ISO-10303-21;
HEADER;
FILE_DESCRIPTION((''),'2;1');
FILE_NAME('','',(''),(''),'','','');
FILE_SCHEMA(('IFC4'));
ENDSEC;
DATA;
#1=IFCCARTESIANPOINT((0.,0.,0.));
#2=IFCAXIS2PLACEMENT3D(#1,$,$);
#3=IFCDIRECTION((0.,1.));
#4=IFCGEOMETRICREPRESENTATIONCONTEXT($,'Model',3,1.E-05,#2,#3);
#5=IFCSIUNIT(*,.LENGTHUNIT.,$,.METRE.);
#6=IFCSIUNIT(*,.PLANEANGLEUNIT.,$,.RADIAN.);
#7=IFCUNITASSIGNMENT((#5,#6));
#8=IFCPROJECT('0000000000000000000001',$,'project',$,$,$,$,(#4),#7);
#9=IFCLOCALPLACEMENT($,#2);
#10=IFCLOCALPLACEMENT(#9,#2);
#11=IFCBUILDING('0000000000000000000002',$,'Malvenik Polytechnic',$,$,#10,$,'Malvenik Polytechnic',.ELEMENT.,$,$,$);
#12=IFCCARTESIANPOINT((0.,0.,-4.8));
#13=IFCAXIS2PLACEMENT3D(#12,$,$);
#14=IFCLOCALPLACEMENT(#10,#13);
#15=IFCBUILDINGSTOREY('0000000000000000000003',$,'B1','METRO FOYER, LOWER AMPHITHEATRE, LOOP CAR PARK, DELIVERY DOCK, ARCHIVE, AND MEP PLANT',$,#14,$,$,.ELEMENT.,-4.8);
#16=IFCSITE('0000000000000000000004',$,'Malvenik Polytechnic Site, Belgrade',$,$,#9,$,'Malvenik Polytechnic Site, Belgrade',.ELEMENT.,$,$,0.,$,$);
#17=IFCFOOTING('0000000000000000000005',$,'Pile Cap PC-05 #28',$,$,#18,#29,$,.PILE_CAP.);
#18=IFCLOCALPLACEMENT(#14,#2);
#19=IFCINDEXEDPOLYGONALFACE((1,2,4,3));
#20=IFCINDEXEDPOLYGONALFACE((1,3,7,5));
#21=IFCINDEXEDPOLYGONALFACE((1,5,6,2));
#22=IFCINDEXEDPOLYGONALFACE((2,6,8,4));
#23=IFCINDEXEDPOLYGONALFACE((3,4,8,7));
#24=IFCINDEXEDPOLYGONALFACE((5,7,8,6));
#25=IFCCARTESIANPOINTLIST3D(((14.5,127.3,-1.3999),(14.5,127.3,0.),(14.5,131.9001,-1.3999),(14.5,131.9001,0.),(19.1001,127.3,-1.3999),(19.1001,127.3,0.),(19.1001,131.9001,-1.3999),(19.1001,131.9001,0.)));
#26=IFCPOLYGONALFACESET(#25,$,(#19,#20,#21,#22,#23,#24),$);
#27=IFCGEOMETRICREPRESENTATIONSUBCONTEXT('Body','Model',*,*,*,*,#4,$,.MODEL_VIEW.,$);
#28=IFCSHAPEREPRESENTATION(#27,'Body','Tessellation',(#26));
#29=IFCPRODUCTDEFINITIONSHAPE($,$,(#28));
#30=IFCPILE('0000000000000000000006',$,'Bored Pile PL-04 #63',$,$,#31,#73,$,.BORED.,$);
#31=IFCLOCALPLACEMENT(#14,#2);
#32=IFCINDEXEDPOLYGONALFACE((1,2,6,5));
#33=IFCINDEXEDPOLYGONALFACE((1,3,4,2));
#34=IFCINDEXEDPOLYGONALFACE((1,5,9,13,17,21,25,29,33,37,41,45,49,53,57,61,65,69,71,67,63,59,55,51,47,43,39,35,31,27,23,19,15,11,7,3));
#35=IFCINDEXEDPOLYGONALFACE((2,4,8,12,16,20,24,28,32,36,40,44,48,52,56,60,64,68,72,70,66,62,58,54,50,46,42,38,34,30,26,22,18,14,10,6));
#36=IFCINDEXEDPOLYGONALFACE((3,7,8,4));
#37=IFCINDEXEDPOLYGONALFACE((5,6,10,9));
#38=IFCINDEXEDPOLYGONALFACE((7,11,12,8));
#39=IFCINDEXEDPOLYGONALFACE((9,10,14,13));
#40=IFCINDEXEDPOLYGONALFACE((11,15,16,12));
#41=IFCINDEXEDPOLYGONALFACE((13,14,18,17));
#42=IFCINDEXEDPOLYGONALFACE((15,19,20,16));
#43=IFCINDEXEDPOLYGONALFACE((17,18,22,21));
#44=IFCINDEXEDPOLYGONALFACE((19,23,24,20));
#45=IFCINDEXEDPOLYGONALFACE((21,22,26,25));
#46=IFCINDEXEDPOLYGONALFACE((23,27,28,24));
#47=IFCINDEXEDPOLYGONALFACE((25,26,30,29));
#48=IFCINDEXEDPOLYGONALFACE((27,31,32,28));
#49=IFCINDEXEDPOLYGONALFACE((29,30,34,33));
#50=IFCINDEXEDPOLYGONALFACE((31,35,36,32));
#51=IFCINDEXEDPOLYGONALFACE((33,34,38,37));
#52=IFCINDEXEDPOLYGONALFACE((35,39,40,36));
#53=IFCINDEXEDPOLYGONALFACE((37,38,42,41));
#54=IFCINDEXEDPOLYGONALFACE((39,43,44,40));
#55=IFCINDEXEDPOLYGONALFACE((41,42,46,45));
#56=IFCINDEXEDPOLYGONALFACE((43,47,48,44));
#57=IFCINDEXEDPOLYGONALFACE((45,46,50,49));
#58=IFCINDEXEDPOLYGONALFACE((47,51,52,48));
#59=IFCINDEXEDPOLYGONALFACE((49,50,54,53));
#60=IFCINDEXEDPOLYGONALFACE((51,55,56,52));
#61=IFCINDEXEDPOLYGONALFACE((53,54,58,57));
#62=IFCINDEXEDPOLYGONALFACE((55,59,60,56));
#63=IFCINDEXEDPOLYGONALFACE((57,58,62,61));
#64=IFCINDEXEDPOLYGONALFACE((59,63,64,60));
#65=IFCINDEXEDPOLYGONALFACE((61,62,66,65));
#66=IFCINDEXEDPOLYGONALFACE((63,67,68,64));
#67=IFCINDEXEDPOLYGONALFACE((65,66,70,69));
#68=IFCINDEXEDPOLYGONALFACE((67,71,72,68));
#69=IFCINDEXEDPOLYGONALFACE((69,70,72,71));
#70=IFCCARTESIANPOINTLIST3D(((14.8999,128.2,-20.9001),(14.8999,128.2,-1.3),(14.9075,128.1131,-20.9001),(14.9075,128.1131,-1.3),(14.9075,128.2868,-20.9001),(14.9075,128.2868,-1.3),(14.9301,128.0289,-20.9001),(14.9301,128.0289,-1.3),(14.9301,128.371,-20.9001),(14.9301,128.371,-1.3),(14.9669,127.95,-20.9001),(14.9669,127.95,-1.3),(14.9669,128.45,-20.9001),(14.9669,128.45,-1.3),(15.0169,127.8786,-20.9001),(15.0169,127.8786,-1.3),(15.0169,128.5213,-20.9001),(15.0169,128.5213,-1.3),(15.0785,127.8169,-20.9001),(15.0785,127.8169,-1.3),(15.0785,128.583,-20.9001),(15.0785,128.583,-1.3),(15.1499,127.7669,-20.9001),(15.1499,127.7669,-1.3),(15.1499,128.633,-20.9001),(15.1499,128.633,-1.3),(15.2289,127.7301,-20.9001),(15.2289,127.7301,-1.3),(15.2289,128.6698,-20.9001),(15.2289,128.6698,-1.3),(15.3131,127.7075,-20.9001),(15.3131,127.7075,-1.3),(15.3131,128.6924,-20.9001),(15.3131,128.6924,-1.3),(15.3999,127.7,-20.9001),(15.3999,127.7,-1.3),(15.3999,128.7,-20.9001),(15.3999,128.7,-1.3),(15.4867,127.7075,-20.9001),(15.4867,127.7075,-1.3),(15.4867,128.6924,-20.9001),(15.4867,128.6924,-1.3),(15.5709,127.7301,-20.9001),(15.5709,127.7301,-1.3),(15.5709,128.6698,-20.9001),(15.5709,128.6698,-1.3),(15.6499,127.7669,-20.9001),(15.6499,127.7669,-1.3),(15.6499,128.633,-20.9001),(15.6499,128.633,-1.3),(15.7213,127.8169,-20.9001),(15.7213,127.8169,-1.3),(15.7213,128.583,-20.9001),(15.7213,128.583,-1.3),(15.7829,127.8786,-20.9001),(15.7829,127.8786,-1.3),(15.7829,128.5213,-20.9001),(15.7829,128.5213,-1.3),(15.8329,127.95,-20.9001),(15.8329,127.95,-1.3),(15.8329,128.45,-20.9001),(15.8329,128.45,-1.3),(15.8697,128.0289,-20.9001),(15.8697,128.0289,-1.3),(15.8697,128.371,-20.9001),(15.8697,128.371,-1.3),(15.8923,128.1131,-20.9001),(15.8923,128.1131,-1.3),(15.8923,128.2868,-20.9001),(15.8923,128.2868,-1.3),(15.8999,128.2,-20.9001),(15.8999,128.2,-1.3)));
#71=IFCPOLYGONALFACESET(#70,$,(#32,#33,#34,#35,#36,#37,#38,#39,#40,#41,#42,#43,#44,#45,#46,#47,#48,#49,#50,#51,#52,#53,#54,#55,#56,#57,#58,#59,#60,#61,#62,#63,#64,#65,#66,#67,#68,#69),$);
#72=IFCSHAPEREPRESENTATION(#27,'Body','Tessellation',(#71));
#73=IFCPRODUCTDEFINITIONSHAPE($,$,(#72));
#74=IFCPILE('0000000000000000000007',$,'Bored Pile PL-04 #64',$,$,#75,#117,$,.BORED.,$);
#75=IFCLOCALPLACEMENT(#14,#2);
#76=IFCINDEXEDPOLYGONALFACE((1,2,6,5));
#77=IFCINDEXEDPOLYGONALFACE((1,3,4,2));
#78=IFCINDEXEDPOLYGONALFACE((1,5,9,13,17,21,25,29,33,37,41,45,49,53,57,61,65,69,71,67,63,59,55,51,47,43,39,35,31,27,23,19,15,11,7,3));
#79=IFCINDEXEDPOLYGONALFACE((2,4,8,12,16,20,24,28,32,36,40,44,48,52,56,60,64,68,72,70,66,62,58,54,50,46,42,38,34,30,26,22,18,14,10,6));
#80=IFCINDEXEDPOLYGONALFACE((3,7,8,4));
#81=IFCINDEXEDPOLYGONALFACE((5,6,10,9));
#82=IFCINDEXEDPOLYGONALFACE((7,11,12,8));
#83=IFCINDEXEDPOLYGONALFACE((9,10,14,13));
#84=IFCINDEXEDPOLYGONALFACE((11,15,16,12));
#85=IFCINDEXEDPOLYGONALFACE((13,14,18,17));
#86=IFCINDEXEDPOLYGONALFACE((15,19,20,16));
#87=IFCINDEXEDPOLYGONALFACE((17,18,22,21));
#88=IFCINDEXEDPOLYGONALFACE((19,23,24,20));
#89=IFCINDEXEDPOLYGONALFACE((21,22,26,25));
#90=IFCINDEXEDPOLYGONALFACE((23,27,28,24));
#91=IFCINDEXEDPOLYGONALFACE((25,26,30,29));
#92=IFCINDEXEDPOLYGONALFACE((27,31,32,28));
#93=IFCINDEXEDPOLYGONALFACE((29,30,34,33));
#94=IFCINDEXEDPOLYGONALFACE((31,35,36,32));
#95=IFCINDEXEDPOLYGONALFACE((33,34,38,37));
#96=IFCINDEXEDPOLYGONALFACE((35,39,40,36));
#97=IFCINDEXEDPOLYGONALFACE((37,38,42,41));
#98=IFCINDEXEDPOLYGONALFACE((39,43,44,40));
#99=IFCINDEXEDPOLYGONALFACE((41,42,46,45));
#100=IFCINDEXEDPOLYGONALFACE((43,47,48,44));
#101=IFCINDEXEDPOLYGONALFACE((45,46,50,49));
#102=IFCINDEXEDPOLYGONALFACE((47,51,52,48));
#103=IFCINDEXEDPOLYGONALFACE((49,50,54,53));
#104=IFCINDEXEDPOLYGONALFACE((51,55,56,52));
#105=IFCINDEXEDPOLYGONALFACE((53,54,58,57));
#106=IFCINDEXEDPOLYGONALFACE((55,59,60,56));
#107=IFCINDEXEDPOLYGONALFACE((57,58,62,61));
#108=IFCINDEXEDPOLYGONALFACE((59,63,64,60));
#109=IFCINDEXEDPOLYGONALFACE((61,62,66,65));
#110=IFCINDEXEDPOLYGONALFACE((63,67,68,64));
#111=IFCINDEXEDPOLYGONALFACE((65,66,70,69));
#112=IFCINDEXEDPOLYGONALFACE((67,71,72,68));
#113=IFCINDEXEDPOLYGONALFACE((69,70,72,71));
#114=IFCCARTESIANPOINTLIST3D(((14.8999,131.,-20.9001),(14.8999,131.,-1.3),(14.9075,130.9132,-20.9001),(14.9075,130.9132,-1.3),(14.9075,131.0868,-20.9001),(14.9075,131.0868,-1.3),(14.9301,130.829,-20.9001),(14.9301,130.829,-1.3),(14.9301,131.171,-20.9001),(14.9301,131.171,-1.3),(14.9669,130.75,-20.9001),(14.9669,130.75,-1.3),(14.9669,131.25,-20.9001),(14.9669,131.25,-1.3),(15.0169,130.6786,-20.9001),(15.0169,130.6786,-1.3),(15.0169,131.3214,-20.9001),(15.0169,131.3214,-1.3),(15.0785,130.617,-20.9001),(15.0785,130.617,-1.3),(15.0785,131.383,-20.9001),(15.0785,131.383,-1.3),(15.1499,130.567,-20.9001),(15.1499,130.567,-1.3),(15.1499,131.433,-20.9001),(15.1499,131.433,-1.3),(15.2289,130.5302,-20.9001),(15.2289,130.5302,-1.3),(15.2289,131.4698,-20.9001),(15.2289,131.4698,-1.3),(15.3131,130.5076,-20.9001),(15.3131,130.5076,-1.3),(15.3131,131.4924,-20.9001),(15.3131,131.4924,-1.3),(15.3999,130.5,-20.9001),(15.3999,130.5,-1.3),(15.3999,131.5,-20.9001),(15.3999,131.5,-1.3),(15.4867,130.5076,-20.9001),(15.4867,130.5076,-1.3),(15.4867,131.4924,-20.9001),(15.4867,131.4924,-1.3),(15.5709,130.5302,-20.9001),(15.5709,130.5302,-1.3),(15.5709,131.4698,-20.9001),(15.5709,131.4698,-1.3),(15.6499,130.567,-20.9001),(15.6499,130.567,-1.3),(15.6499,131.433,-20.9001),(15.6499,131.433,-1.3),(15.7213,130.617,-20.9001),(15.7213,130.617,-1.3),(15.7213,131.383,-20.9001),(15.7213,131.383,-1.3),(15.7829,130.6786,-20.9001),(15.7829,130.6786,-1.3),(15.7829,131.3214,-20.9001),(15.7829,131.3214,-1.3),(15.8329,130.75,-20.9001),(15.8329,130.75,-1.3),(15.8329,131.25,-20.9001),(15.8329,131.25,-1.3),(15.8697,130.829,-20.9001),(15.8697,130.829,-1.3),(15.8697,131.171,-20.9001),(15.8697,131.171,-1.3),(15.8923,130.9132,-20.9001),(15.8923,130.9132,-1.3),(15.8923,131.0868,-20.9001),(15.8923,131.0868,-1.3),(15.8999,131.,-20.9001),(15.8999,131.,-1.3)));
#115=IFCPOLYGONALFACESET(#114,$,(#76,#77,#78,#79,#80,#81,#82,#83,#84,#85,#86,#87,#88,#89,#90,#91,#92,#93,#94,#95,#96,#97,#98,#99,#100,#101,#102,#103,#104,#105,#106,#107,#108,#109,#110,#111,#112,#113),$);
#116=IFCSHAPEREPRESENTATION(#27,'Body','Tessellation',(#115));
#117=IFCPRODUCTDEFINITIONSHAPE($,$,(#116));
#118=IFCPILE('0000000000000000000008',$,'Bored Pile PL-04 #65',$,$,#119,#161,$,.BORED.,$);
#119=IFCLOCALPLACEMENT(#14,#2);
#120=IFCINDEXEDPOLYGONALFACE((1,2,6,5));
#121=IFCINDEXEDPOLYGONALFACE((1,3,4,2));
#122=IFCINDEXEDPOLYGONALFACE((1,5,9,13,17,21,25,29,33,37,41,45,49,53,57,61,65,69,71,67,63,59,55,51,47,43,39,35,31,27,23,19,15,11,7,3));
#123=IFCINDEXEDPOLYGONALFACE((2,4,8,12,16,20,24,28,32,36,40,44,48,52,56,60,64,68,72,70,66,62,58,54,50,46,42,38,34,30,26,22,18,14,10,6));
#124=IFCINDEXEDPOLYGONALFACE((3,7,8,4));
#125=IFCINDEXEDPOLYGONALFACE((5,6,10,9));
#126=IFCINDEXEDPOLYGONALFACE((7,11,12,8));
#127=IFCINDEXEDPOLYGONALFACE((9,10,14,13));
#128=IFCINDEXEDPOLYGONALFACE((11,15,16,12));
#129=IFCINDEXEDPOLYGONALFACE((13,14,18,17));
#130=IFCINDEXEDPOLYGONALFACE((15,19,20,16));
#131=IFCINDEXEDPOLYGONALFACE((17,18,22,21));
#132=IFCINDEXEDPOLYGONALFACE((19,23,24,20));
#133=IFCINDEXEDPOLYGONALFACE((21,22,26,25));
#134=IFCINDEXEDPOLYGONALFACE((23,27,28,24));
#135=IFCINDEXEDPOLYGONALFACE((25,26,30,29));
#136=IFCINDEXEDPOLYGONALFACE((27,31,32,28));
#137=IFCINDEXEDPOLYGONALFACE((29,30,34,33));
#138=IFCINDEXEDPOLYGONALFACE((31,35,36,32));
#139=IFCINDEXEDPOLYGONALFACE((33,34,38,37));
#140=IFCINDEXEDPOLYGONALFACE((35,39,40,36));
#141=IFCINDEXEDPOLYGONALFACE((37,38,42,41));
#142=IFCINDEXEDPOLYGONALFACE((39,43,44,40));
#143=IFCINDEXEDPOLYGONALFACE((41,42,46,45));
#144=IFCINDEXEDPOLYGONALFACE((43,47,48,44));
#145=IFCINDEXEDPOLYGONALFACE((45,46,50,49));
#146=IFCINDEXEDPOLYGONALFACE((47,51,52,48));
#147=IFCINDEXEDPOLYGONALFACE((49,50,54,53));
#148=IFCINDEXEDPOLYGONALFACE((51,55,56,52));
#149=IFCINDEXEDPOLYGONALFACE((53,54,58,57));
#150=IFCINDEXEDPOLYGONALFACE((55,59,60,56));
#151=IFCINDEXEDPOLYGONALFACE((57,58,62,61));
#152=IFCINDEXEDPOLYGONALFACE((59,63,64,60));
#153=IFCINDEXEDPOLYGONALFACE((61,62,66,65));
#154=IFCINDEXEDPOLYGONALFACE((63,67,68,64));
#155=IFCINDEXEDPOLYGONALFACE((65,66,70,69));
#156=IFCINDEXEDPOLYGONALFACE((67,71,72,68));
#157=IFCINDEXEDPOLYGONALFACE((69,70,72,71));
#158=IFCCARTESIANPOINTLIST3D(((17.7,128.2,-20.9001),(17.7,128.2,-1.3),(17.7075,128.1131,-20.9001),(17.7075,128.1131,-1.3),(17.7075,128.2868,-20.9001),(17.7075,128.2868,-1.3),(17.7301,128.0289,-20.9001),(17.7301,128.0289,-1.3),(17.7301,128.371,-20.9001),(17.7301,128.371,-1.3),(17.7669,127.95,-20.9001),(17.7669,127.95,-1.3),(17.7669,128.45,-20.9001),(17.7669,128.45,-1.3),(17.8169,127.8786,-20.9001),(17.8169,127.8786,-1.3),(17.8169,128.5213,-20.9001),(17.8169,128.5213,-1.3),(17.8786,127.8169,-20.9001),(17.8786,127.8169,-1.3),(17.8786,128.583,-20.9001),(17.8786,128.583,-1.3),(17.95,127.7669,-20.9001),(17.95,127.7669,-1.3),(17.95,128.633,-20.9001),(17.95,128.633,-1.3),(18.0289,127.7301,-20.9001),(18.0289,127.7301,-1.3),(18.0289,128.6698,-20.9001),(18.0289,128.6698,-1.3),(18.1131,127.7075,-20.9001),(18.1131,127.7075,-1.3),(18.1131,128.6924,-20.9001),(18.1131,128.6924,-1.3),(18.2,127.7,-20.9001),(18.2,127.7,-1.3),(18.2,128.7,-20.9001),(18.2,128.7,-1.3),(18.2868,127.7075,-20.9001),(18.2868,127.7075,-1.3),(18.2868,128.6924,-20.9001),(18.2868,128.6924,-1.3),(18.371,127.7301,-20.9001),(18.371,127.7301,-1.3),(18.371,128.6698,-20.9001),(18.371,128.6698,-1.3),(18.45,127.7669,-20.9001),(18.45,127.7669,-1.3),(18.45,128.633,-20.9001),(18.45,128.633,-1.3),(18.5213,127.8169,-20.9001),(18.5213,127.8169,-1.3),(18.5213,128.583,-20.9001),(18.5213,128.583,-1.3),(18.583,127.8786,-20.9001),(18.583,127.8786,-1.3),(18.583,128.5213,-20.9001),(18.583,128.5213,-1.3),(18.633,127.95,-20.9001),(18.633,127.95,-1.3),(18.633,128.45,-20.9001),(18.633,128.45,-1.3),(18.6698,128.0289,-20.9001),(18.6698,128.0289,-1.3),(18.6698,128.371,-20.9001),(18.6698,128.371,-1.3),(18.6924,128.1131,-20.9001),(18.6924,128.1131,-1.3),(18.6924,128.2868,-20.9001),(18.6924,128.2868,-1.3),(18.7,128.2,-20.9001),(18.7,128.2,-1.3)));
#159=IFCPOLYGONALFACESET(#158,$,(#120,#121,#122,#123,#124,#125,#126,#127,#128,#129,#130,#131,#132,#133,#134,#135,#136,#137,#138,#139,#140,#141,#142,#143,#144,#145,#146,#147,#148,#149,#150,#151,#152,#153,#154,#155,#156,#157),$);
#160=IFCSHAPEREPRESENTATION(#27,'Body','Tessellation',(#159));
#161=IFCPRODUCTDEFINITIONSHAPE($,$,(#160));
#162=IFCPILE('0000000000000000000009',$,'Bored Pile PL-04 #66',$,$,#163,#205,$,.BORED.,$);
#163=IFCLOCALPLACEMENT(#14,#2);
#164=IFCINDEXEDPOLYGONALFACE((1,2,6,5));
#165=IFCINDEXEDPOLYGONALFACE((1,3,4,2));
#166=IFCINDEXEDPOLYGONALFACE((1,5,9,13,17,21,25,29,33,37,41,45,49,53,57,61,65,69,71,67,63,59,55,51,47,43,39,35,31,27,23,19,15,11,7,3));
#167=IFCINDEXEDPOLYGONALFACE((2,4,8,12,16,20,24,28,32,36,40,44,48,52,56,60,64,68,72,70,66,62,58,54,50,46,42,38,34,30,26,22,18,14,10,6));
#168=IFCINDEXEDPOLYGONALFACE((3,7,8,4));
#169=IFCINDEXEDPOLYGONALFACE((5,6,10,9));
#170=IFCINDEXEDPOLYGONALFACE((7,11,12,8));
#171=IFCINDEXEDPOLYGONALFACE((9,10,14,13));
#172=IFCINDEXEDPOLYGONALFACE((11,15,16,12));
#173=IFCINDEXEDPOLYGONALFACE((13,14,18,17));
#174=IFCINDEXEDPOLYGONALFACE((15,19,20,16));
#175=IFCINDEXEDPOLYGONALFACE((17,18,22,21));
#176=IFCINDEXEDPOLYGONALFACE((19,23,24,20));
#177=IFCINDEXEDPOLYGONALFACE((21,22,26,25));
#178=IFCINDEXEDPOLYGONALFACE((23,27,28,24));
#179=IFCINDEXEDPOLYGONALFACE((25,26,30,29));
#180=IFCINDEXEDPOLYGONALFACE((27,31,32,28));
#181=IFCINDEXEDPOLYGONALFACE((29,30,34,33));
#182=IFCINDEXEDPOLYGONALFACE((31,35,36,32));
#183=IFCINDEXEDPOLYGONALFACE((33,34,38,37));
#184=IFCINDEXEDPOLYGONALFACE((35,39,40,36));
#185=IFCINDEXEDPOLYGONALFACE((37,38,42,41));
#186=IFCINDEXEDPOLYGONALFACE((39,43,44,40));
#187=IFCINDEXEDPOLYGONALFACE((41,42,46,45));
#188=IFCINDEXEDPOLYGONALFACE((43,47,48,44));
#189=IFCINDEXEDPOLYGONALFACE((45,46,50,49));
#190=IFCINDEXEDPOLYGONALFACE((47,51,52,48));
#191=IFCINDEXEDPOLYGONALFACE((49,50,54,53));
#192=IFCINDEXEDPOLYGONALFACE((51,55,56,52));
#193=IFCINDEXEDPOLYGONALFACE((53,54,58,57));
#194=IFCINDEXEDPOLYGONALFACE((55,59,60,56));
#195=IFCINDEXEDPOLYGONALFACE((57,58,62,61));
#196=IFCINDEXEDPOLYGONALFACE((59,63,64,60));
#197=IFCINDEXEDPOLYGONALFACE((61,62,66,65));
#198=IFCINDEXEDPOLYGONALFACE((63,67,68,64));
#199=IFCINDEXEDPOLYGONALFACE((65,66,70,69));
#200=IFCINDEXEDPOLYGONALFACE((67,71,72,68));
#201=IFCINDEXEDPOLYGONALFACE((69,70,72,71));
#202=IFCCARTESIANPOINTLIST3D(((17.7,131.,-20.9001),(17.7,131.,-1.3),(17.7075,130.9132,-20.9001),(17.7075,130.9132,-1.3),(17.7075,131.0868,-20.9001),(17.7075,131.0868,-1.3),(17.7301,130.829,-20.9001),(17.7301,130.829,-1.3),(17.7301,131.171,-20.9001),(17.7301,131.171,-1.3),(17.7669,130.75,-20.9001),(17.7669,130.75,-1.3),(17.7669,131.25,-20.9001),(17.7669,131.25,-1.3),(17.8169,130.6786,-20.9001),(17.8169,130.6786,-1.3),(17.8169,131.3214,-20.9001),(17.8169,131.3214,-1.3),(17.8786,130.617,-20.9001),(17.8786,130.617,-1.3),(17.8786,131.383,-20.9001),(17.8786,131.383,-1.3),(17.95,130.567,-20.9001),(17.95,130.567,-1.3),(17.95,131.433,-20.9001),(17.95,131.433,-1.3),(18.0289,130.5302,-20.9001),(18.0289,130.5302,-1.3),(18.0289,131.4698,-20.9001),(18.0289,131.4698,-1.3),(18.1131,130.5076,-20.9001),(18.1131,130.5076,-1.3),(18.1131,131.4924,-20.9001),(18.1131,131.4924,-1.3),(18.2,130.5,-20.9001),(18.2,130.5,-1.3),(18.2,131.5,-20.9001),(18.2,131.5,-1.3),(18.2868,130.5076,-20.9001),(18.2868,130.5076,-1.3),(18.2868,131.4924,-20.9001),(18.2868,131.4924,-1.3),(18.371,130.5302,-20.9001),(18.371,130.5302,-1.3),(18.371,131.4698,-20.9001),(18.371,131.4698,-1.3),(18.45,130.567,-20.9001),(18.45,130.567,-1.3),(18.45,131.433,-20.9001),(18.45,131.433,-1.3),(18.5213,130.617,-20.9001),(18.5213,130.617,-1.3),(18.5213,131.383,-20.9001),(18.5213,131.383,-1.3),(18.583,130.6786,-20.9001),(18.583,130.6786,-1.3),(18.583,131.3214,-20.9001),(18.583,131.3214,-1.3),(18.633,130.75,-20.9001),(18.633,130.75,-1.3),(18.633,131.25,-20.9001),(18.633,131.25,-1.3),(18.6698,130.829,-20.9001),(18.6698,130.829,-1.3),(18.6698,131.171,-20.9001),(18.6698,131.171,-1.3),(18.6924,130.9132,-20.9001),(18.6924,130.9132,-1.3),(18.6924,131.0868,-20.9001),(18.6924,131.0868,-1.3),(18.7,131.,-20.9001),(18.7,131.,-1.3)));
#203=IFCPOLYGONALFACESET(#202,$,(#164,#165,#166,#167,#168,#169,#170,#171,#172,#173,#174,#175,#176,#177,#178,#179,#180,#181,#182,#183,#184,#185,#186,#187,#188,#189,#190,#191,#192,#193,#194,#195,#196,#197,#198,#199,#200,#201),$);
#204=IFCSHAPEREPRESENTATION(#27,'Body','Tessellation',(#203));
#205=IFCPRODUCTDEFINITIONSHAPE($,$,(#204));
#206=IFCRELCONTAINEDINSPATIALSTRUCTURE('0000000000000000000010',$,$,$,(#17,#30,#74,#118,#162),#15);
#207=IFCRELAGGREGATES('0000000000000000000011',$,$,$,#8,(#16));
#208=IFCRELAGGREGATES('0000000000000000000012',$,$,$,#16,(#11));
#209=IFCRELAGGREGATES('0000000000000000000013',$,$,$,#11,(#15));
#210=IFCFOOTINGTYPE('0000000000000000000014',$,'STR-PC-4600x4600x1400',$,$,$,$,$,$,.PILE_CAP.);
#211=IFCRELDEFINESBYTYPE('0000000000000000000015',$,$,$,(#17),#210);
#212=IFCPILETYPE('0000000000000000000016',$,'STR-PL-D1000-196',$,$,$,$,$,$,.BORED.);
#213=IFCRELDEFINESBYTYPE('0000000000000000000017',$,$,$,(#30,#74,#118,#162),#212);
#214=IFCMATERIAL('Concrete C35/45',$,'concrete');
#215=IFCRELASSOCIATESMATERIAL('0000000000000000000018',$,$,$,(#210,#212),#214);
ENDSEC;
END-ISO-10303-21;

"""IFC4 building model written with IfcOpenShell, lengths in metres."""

from ifc_helpers import new_model, si_unit, direction, frame, origin, origin_2d, place, context, subcontext, project, spatial, rectangle, circle, extrude, material, material_profile, profile_set, type_object, element, save


model = new_model("IFC4")

# Units and contexts
model_context = context("Model", 3, precision=1e-05, world=origin(), true_north=direction((0.0, 1.0)))
body_context = subcontext(model_context, "Body", "Model", "MODEL_VIEW")
ifc_project = project(units=[si_unit("LENGTHUNIT", "METRE"), si_unit("PLANEANGLEUNIT", "RADIAN")], contexts=[model_context])

# Site, building, storey
site_placement = place(None, origin())
site = spatial("IfcSite", under=ifc_project, at=site_placement, Name="Malvenik Polytechnic Site, Belgrade", LongName="Malvenik Polytechnic Site, Belgrade", CompositionType="ELEMENT", RefElevation=0.0)
building_placement = place(site_placement, origin())
building = spatial("IfcBuilding", under=site, at=building_placement, Name="Malvenik Polytechnic", LongName="Malvenik Polytechnic", CompositionType="ELEMENT")
storey_placement = place(building_placement, frame((0.0, 0.0, -4.8)))
storey = spatial("IfcBuildingStorey", under=building, at=storey_placement, Name="B1", Description="METRO FOYER, LOWER AMPHITHEATRE, LOOP CAR PARK, DELIVERY DOCK, ARCHIVE, AND MEP PLANT", CompositionType="ELEMENT", Elevation=-4.8)

# Footing
ifc_material_1 = material(Name="Concrete C35/45", Category="concrete")
footing_type = type_object("IfcFootingType", Name="STR-PC-4600x4600x1400", PredefinedType="PILE_CAP", material=ifc_material_1)
footing_placement = place(storey_placement, frame((16.8, 129.6001, -1.3999), z_axis=(0.0, 0.0, 1.0), x_axis=(1.0, 0.0, 0.0)))
element("IfcFooting", 1, at=footing_placement, inside=storey, type_object=footing_type, Name="Pile Cap PC-05 #28", PredefinedType="PILE_CAP", context=body_context, shape_type="SweptSolid", body=[
    extrude(rectangle(XDim=4.6001, YDim=4.6001, at=origin_2d()), origin(), (0.0, 0.0, 1.0), 1.3999),
])

# Piles
ifc_material_profile_1 = material_profile(ifc_material_1, circle(Radius=0.5, at=origin_2d()), Name="BORED PILE D1000")
ifc_profile_set_1 = profile_set([ifc_material_profile_1], Name="Concrete C35/45")
pile_type = type_object("IfcPileType", Name="STR-PL-D1000-196", PredefinedType="BORED", material=ifc_profile_set_1)
for number, where, z_axis, x_axis, name in (
    (2, (15.3999, 128.2, -1.3), (0.0, 0.0, -1.0), (1.0, 0.0, 0.0), "Bored Pile PL-04 #63"),
    (3, (15.3999, 131.0, -1.3), (0.0, 0.0, -1.0), (1.0, 0.0, 0.0), "Bored Pile PL-04 #64"),
    (4, (18.2, 128.2, -1.3), (0.0, 0.0, -1.0), (1.0, 0.0, 0.0), "Bored Pile PL-04 #65"),
    (5, (18.2, 131.0, -1.3), (0.0, 0.0, -1.0), (1.0, 0.0, 0.0), "Bored Pile PL-04 #66"),
):
    element("IfcPile", number, at=place(storey_placement, frame(where, z_axis=z_axis, x_axis=x_axis)), inside=storey, type_object=pile_type, Name=name, PredefinedType="BORED", context=body_context, shape_type="SweptSolid", body=[
        extrude(circle(Radius=0.5, at=origin_2d()), origin(), (0.0, 0.0, 1.0), 19.6001),
    ])

save(model, "model.ifc")
